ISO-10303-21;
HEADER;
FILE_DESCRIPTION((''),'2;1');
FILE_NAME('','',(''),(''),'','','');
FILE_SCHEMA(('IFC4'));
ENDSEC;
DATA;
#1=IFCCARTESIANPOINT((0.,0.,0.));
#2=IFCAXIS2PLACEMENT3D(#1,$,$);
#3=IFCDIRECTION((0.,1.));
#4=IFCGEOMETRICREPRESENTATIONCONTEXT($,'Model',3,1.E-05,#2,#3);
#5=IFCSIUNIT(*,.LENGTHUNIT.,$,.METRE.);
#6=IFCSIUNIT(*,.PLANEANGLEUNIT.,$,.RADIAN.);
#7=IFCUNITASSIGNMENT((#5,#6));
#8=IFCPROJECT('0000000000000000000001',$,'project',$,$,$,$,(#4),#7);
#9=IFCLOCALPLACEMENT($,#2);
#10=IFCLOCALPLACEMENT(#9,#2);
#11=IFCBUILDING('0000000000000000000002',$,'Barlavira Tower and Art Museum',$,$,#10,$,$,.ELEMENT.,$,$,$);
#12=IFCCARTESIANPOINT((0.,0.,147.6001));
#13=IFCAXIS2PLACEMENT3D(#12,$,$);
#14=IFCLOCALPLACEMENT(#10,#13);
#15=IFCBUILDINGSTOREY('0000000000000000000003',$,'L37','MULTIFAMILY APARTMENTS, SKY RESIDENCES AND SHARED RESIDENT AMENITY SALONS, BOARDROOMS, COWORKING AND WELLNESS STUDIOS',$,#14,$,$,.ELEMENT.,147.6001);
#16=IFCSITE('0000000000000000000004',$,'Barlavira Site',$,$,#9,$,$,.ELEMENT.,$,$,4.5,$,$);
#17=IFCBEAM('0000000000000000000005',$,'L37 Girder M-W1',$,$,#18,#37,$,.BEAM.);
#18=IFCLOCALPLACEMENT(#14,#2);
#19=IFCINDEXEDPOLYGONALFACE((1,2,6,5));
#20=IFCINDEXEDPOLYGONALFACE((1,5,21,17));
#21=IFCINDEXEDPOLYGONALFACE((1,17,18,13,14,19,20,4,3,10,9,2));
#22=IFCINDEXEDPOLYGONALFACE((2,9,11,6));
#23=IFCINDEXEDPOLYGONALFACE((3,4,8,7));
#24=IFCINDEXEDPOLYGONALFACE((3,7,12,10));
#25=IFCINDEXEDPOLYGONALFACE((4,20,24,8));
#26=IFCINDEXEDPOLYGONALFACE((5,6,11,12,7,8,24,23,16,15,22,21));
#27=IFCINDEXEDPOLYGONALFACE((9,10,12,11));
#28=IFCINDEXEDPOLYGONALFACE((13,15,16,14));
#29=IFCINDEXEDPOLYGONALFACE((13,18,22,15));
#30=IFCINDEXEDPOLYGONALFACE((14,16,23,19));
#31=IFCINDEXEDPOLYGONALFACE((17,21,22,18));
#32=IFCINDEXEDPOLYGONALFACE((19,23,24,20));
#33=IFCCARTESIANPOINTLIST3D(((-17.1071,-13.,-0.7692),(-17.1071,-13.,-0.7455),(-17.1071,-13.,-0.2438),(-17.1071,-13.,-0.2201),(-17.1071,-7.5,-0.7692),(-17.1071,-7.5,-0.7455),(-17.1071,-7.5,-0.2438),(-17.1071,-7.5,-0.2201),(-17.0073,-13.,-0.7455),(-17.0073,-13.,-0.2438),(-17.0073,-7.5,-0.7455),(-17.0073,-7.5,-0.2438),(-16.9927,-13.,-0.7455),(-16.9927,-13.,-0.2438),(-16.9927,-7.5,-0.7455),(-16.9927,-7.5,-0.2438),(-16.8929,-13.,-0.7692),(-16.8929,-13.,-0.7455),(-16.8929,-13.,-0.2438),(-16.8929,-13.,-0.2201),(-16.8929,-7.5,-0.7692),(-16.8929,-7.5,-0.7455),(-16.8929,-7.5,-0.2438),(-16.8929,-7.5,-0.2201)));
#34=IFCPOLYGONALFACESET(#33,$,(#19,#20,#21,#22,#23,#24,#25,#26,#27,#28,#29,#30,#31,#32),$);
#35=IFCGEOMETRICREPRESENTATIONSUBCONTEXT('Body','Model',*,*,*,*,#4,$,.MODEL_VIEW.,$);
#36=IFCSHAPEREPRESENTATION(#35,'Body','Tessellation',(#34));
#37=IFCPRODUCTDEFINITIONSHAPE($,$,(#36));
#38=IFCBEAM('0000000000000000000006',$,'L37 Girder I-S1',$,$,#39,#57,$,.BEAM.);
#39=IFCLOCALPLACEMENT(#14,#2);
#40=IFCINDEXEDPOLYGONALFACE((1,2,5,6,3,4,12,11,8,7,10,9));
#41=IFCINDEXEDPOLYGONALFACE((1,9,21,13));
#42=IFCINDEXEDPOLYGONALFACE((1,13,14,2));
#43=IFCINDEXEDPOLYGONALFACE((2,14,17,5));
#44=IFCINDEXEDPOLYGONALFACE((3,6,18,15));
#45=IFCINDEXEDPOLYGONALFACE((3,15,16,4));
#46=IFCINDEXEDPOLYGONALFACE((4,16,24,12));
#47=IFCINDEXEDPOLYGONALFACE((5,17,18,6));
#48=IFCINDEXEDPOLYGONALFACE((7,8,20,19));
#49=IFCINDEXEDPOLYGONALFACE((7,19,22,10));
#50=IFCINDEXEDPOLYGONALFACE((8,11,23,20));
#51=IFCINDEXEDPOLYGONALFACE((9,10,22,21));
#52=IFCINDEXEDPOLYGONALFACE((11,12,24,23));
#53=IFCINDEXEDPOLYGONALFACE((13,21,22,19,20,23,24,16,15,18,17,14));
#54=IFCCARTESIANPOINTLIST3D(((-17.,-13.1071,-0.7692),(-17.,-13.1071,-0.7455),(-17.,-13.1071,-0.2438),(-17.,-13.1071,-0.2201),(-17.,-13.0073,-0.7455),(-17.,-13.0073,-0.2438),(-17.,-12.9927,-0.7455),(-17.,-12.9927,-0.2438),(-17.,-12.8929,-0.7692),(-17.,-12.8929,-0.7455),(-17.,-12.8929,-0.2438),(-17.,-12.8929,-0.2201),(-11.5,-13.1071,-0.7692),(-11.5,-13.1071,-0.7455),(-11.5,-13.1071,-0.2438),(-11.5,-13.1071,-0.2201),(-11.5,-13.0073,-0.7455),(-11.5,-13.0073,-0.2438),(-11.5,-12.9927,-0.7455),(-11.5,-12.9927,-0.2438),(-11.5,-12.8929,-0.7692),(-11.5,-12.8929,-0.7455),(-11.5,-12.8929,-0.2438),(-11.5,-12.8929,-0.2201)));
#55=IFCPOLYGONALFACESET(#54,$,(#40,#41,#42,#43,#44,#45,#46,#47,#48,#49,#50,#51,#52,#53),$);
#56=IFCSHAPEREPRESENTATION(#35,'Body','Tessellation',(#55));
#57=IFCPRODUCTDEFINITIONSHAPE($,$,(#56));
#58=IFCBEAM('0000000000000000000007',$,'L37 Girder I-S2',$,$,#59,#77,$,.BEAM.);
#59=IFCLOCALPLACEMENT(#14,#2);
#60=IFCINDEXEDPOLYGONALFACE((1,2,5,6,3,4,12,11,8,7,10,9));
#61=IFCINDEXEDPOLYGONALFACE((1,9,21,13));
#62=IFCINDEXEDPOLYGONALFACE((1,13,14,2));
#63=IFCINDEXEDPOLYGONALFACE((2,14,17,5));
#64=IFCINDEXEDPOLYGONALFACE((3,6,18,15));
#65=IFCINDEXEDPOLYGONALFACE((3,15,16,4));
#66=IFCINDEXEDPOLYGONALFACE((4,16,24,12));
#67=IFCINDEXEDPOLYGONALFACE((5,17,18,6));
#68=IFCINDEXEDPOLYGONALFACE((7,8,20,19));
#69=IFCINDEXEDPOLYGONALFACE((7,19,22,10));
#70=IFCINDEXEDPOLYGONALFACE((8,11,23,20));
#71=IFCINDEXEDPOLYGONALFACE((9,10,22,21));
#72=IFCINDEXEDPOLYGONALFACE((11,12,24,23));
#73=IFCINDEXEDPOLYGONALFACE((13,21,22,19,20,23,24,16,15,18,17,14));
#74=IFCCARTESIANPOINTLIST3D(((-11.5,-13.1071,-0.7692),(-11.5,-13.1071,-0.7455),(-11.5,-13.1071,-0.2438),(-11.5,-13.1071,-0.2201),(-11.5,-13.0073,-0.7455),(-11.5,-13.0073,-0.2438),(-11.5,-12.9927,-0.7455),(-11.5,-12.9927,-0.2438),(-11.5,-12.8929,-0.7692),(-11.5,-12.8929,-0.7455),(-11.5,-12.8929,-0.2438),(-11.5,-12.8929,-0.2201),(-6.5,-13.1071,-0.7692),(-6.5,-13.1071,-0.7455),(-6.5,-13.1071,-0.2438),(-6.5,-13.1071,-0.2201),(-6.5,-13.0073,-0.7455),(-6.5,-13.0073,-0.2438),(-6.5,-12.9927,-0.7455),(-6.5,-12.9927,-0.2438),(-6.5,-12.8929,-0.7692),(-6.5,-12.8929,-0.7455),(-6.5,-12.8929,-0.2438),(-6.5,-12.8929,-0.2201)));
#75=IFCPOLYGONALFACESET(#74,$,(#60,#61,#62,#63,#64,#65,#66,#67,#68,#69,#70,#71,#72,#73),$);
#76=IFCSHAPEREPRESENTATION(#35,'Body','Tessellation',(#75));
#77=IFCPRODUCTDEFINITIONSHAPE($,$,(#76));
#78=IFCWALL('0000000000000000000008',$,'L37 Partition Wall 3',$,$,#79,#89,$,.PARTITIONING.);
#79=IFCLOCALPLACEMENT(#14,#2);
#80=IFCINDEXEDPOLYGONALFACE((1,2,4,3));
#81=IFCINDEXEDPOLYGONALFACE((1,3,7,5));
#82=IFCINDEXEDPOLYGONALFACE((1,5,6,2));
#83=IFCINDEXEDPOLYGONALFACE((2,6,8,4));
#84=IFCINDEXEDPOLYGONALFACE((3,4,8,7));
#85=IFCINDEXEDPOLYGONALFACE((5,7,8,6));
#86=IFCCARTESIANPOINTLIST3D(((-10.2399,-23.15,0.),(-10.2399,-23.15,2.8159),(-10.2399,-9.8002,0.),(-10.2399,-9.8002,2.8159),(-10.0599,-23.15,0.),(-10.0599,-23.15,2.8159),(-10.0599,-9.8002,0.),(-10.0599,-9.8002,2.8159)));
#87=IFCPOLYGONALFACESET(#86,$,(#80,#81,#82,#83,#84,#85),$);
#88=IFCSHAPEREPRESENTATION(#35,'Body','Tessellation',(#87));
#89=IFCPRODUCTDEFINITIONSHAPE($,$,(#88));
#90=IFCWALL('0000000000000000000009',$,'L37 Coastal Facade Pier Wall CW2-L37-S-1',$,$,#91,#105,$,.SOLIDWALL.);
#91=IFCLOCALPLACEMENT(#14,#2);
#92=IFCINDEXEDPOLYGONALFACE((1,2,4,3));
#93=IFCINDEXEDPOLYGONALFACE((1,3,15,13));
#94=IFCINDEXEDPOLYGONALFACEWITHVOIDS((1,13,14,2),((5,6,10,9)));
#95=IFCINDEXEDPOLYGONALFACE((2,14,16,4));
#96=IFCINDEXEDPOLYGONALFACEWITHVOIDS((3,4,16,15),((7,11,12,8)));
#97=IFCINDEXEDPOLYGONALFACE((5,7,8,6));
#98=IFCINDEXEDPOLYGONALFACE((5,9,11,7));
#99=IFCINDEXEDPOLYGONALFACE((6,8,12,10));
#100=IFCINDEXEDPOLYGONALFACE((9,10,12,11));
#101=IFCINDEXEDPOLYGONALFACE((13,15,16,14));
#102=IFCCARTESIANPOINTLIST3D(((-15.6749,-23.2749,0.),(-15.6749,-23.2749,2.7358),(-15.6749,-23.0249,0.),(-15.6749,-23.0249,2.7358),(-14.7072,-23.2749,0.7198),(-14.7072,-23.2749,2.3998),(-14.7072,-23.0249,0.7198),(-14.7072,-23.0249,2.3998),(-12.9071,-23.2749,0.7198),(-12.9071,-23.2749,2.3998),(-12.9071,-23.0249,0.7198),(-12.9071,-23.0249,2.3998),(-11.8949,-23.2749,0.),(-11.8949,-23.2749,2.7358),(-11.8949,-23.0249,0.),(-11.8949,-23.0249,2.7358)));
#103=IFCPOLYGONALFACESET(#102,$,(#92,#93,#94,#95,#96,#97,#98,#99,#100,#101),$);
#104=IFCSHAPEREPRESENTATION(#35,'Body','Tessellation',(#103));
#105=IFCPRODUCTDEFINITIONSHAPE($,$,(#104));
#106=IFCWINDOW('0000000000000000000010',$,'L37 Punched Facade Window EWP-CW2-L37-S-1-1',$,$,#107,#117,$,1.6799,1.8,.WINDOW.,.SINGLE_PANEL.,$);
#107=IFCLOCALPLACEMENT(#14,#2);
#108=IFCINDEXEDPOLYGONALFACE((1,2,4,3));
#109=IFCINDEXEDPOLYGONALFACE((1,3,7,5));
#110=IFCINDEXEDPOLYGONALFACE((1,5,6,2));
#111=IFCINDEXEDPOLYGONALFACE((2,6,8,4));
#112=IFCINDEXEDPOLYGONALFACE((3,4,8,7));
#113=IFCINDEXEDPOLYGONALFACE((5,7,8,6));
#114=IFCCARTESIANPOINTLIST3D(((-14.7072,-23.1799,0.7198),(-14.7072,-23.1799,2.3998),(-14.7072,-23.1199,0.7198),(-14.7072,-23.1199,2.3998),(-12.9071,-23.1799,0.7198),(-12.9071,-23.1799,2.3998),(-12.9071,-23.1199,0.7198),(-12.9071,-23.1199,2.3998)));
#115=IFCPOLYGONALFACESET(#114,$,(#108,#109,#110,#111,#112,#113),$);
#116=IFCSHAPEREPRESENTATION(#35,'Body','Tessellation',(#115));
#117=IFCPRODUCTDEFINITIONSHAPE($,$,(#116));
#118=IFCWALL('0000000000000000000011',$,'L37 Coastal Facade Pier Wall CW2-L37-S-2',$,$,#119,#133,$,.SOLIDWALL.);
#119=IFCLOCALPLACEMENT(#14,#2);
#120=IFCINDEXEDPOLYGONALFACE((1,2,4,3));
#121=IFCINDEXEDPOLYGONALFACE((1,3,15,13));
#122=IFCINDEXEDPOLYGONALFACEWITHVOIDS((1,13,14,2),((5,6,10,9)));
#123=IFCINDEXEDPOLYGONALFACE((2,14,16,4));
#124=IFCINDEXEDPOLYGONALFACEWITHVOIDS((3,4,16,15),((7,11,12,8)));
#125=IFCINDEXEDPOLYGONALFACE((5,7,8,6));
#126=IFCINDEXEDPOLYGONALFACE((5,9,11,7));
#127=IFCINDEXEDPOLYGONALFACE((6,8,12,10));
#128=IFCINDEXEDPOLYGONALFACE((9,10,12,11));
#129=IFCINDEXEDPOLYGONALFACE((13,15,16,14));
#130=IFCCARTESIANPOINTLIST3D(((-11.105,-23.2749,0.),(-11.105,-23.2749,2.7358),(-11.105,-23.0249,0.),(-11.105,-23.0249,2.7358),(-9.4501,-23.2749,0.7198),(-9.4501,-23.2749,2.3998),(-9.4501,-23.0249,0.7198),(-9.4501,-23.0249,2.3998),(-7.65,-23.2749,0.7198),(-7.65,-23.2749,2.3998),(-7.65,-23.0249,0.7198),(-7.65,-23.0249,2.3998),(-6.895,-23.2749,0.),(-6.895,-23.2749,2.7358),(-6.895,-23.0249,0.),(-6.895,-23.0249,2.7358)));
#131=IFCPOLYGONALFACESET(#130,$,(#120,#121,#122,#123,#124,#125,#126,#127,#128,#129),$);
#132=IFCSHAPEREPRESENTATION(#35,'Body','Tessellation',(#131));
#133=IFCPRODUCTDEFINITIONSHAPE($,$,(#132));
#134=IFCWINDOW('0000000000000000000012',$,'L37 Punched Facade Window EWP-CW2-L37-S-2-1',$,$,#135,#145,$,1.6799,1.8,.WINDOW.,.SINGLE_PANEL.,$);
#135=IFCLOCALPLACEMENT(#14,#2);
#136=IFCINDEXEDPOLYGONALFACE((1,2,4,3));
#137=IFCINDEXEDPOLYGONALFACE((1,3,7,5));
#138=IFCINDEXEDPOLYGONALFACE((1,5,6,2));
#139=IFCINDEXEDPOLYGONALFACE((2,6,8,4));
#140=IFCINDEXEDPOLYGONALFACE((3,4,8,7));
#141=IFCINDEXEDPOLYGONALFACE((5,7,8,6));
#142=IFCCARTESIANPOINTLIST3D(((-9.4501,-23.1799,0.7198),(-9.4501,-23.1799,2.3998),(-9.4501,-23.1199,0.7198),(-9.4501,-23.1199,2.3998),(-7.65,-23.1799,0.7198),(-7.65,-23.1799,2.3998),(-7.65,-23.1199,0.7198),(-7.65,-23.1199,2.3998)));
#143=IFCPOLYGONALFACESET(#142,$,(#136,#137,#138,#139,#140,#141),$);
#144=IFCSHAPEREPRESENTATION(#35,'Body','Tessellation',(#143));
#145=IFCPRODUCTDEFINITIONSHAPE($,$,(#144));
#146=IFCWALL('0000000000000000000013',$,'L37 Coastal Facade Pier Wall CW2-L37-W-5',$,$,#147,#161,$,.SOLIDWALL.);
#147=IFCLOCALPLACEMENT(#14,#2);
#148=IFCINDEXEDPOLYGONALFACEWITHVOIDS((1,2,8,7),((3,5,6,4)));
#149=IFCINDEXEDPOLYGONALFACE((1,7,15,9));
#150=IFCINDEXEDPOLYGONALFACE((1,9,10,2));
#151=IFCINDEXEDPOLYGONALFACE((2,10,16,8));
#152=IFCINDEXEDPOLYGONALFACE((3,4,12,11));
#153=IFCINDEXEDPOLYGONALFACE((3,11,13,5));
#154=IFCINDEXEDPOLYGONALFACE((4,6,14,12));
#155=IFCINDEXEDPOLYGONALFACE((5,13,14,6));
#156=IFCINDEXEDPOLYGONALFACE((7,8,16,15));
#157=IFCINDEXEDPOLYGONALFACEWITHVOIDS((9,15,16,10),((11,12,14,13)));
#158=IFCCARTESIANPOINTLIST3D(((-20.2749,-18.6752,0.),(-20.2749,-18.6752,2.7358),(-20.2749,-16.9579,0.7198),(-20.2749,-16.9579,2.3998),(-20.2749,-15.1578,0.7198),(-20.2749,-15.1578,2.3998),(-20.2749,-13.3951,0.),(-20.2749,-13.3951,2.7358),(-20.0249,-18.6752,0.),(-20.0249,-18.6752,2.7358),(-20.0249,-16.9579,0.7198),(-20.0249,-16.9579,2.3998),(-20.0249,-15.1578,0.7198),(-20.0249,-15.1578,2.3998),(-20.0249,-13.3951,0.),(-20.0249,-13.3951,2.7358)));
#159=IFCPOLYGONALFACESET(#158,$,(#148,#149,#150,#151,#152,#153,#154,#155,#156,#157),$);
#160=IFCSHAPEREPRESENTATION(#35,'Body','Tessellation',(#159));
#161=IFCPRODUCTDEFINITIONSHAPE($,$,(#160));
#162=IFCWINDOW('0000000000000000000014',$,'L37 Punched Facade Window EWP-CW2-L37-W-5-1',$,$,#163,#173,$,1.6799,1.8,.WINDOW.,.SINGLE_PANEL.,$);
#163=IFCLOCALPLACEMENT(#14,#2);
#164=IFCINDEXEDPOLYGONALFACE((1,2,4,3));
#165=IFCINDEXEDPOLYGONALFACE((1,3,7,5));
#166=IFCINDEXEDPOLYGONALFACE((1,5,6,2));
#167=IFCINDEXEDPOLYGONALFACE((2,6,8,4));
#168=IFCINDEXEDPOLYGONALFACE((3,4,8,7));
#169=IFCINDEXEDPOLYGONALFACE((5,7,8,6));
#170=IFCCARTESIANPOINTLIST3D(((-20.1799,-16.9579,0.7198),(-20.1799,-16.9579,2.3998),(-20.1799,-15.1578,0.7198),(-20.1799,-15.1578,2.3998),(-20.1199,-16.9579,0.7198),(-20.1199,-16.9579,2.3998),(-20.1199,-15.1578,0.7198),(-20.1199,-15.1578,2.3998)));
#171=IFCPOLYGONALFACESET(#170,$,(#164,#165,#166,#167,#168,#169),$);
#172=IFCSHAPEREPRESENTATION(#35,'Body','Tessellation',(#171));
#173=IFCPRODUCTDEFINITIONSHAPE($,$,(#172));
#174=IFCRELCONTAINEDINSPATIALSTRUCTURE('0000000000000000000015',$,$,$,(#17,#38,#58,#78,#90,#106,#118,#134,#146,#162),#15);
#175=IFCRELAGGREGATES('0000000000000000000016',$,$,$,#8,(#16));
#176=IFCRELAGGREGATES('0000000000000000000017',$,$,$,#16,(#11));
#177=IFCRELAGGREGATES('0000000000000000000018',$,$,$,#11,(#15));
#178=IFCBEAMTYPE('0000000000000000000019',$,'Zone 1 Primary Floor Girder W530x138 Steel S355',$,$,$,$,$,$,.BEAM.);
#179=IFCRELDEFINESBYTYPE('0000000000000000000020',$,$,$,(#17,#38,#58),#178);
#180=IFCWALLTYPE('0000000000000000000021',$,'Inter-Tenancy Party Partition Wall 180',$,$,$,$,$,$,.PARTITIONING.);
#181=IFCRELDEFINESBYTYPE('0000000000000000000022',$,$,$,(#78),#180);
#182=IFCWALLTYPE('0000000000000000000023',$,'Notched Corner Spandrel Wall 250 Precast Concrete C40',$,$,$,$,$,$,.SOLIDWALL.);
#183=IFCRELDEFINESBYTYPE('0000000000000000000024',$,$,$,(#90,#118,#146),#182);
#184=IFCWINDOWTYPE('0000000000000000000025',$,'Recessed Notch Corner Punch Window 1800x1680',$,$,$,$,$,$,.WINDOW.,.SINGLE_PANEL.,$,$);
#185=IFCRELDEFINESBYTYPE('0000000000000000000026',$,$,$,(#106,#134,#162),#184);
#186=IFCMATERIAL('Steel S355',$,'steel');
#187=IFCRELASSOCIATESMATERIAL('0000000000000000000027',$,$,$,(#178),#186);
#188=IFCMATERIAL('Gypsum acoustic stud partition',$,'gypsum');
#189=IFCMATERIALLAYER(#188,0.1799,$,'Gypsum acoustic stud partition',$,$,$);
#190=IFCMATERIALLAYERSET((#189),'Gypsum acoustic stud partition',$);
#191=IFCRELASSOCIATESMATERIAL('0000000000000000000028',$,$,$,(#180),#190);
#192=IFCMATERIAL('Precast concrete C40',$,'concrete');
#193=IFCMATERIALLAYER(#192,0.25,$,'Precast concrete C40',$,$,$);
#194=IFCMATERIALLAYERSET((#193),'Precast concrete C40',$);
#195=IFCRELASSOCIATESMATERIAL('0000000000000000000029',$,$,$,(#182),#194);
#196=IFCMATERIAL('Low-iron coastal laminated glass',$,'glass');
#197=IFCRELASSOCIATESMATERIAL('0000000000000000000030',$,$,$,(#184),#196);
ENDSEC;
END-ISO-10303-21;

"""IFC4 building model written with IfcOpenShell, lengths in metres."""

from ifc_helpers import new_model, si_unit, direction, frame, frame_2d, origin, origin_2d, place, context, subcontext, project, spatial, rectangle, i_section, extrude, material, layer, layer_set, material_profile, profile_set, type_object, element, fill, save


model = new_model("IFC4")

# Units and contexts
model_context = context("Model", 3, precision=1e-05, world=origin(), true_north=direction((0.0, 1.0)))
body_context = subcontext(model_context, "Body", "Model", "MODEL_VIEW")
ifc_project = project(units=[si_unit("LENGTHUNIT", "METRE"), si_unit("PLANEANGLEUNIT", "RADIAN")], contexts=[model_context])

# Site, building, storey
site_placement = place(None, origin())
site = spatial("IfcSite", under=ifc_project, at=site_placement, Name="Barlavira Site", CompositionType="ELEMENT", RefElevation=4.5)
building_placement = place(site_placement, origin())
building = spatial("IfcBuilding", under=site, at=building_placement, Name="Barlavira Tower and Art Museum", CompositionType="ELEMENT")
storey_placement = place(building_placement, frame((0.0, 0.0, 147.6001)))
storey = spatial("IfcBuildingStorey", under=building, at=storey_placement, Name="L37", Description="MULTIFAMILY APARTMENTS, SKY RESIDENCES AND SHARED RESIDENT AMENITY SALONS, BOARDROOMS, COWORKING AND WELLNESS STUDIOS", CompositionType="ELEMENT", Elevation=147.6001)

# Beams
ifc_material_1 = material(Name="Steel S355", Category="steel")
ifc_material_profile_1 = material_profile(ifc_material_1, i_section(OverallWidth=0.2141, OverallDepth=0.5491, WebThickness=0.0146, FlangeThickness=0.0237, at=origin_2d()), Name="W530x138.0")
ifc_profile_set_1 = profile_set([ifc_material_profile_1], Name="Steel S355")
beam_type_1 = type_object("IfcBeamType", Name="Zone 1 Primary Floor Girder W530x138 Steel S355", PredefinedType="BEAM", material=ifc_profile_set_1)
for number, where, z_axis, x_axis, name in (
    (1, (-17.0, -13.0, -0.4946), (0.0, 1.0, 0.0), (-1.0, 0.0, 0.0), "L37 Girder M-W1"),
    (2, (-17.0, -13.0, -0.4946), (1.0, 0.0, 0.0), (0.0, 1.0, 0.0), "L37 Girder I-S1"),
):
    element("IfcBeam", number, at=place(storey_placement, frame(where, z_axis=z_axis, x_axis=x_axis)), inside=storey, type_object=beam_type_1, Name=name, PredefinedType="BEAM", context=body_context, shape_type="SweptSolid", body=[
        extrude(i_section(OverallWidth=0.2141, OverallDepth=0.5491, WebThickness=0.0146, FlangeThickness=0.0237, at=origin_2d()), origin(), (0.0, 0.0, 1.0), 5.5),
    ])
beam_1_placement = place(storey_placement, frame((-11.5, -13.0, -0.4946), z_axis=(1.0, 0.0, 0.0), x_axis=(0.0, 1.0, 0.0)))
element("IfcBeam", 3, at=beam_1_placement, inside=storey, type_object=beam_type_1, Name="L37 Girder I-S2", PredefinedType="BEAM", context=body_context, shape_type="SweptSolid", body=[
    extrude(i_section(OverallWidth=0.2141, OverallDepth=0.5491, WebThickness=0.0146, FlangeThickness=0.0237, at=origin_2d()), origin(), (0.0, 0.0, 1.0), 5.0),
])

# Wall
ifc_material_2 = material(Name="Gypsum acoustic stud partition", Category="gypsum")
ifc_layer_1 = layer(ifc_material_2, 0.1799, Name="Gypsum acoustic stud partition")
ifc_layer_set_1 = layer_set([ifc_layer_1], Name="Gypsum acoustic stud partition")
wall_type_1 = type_object("IfcWallType", Name="Inter-Tenancy Party Partition Wall 180", PredefinedType="PARTITIONING", material=ifc_layer_set_1)
wall_1_placement = place(storey_placement, frame((-10.1499, -23.1499, 0.0), z_axis=(0.0, 0.0, 1.0), x_axis=(0.0, 1.0, 0.0)))
element("IfcWall", 4, at=wall_1_placement, inside=storey, type_object=wall_type_1, Name="L37 Partition Wall 3", PredefinedType="PARTITIONING", context=body_context, shape_type="SweptSolid", body=[
    extrude(rectangle(XDim=13.3499, YDim=0.1799, at=frame_2d((6.6748, 0.0))), origin(), (0.0, 0.0, 1.0), 2.8159),
])

# Walls, openings, windows
ifc_material_3 = material(Name="Precast concrete C40", Category="concrete")
ifc_layer_2 = layer(ifc_material_3, 0.25, Name="Precast concrete C40")
ifc_layer_set_2 = layer_set([ifc_layer_2], Name="Precast concrete C40")
wall_type_2 = type_object("IfcWallType", Name="Notched Corner Spandrel Wall 250 Precast Concrete C40", PredefinedType="SOLIDWALL", material=ifc_layer_set_2)
wall_2_placement = place(storey_placement, frame((-15.675, -23.1499, 0.0), z_axis=(0.0, 0.0, 1.0), x_axis=(1.0, 0.0, 0.0)))
wall_2 = element("IfcWall", 5, at=wall_2_placement, inside=storey, type_object=wall_type_2, Name="L37 Coastal Facade Pier Wall CW2-L37-S-1", PredefinedType="SOLIDWALL", context=body_context, shape_type="SweptSolid", body=[
    extrude(rectangle(XDim=3.78, YDim=0.25, at=frame_2d((1.8901, 0.0))), origin(), (0.0, 0.0, 1.0), 2.7358),
])
opening_1_placement = place(wall_2_placement, frame((0.968, 0.0, 0.72)))
opening_1 = element("IfcOpeningElement", 6, at=opening_1_placement, cuts=wall_2, PredefinedType="OPENING", context=body_context, shape_type="SweptSolid", body=[
    extrude(rectangle(XDim=1.8, YDim=1.6799, at=frame_2d((0.8999, 0.8398))), frame((0.0, 0.135, 0.0), z_axis=(0.0, -1.0, 0.0), x_axis=(1.0, 0.0, 0.0)), (0.0, 0.0, 1.0), 0.27),
])
ifc_material_4 = material(Name="Low-iron coastal laminated glass", Category="glass")
window_type = type_object("IfcWindowType", Name="Recessed Notch Corner Punch Window 1800x1680", PartitioningType="SINGLE_PANEL", PredefinedType="WINDOW", material=ifc_material_4)
window_1_placement = place(opening_1_placement, origin())
window_1 = element("IfcWindow", 7, at=window_1_placement, inside=storey, type_object=window_type, Name="L37 Punched Facade Window EWP-CW2-L37-S-1-1", OverallHeight=1.6799, OverallWidth=1.8, PartitioningType="SINGLE_PANEL", PredefinedType="WINDOW", context=body_context, shape_type="SweptSolid", body=[
    extrude(rectangle(XDim=1.8, YDim=1.6799, at=frame_2d((0.8999, 0.8398))), frame((0.0, 0.03, 0.0), z_axis=(0.0, -1.0, 0.0), x_axis=(1.0, 0.0, 0.0)), (0.0, 0.0, 1.0), 0.0601),
])
fill(opening_1, window_1)
wall_3_placement = place(storey_placement, frame((-11.105, -23.1499, 0.0), z_axis=(0.0, 0.0, 1.0), x_axis=(1.0, 0.0, 0.0)))
wall_3 = element("IfcWall", 8, at=wall_3_placement, inside=storey, type_object=wall_type_2, Name="L37 Coastal Facade Pier Wall CW2-L37-S-2", PredefinedType="SOLIDWALL", context=body_context, shape_type="SweptSolid", body=[
    extrude(rectangle(XDim=4.21, YDim=0.25, at=frame_2d((2.105, 0.0))), origin(), (0.0, 0.0, 1.0), 2.7358),
])
opening_2_placement = place(wall_3_placement, frame((1.655, 0.0, 0.72)))
opening_2 = element("IfcOpeningElement", 9, at=opening_2_placement, cuts=wall_3, PredefinedType="OPENING", context=body_context, shape_type="SweptSolid", body=[
    extrude(rectangle(XDim=1.8, YDim=1.6799, at=frame_2d((0.8999, 0.8398))), frame((0.0, 0.135, 0.0), z_axis=(0.0, -1.0, 0.0), x_axis=(1.0, 0.0, 0.0)), (0.0, 0.0, 1.0), 0.27),
])
window_2_placement = place(opening_2_placement, origin())
window_2 = element("IfcWindow", 10, at=window_2_placement, inside=storey, type_object=window_type, Name="L37 Punched Facade Window EWP-CW2-L37-S-2-1", OverallHeight=1.6799, OverallWidth=1.8, PartitioningType="SINGLE_PANEL", PredefinedType="WINDOW", context=body_context, shape_type="SweptSolid", body=[
    extrude(rectangle(XDim=1.8, YDim=1.6799, at=frame_2d((0.8999, 0.8398))), frame((0.0, 0.03, 0.0), z_axis=(0.0, -1.0, 0.0), x_axis=(1.0, 0.0, 0.0)), (0.0, 0.0, 1.0), 0.0601),
])
fill(opening_2, window_2)
wall_4_placement = place(storey_placement, frame((-20.1499, -13.395, 0.0), z_axis=(0.0, 0.0, 1.0), x_axis=(0.0, -1.0, 0.0)))
wall_4 = element("IfcWall", 11, at=wall_4_placement, inside=storey, type_object=wall_type_2, Name="L37 Coastal Facade Pier Wall CW2-L37-W-5", PredefinedType="SOLIDWALL", context=body_context, shape_type="SweptSolid", body=[
    extrude(rectangle(XDim=5.28, YDim=0.25, at=frame_2d((2.6401, 0.0))), origin(), (0.0, 0.0, 1.0), 2.7358),
])
opening_3_placement = place(wall_4_placement, frame((1.7629, 0.0, 0.72)))
opening_3 = element("IfcOpeningElement", 12, at=opening_3_placement, cuts=wall_4, PredefinedType="OPENING", context=body_context, shape_type="SweptSolid", body=[
    extrude(rectangle(XDim=1.8, YDim=1.6799, at=frame_2d((0.8999, 0.8398))), frame((0.0, 0.135, 0.0), z_axis=(0.0, -1.0, 0.0), x_axis=(1.0, 0.0, 0.0)), (0.0, 0.0, 1.0), 0.27),
])
window_3_placement = place(opening_3_placement, origin())
window_3 = element("IfcWindow", 13, at=window_3_placement, inside=storey, type_object=window_type, Name="L37 Punched Facade Window EWP-CW2-L37-W-5-1", OverallHeight=1.6799, OverallWidth=1.8, PartitioningType="SINGLE_PANEL", PredefinedType="WINDOW", context=body_context, shape_type="SweptSolid", body=[
    extrude(rectangle(XDim=1.8, YDim=1.6799, at=frame_2d((0.8999, 0.8398))), frame((0.0, 0.03, 0.0), z_axis=(0.0, -1.0, 0.0), x_axis=(1.0, 0.0, 0.0)), (0.0, 0.0, 1.0), 0.0601),
])
fill(opening_3, window_3)

save(model, "model.ifc")
